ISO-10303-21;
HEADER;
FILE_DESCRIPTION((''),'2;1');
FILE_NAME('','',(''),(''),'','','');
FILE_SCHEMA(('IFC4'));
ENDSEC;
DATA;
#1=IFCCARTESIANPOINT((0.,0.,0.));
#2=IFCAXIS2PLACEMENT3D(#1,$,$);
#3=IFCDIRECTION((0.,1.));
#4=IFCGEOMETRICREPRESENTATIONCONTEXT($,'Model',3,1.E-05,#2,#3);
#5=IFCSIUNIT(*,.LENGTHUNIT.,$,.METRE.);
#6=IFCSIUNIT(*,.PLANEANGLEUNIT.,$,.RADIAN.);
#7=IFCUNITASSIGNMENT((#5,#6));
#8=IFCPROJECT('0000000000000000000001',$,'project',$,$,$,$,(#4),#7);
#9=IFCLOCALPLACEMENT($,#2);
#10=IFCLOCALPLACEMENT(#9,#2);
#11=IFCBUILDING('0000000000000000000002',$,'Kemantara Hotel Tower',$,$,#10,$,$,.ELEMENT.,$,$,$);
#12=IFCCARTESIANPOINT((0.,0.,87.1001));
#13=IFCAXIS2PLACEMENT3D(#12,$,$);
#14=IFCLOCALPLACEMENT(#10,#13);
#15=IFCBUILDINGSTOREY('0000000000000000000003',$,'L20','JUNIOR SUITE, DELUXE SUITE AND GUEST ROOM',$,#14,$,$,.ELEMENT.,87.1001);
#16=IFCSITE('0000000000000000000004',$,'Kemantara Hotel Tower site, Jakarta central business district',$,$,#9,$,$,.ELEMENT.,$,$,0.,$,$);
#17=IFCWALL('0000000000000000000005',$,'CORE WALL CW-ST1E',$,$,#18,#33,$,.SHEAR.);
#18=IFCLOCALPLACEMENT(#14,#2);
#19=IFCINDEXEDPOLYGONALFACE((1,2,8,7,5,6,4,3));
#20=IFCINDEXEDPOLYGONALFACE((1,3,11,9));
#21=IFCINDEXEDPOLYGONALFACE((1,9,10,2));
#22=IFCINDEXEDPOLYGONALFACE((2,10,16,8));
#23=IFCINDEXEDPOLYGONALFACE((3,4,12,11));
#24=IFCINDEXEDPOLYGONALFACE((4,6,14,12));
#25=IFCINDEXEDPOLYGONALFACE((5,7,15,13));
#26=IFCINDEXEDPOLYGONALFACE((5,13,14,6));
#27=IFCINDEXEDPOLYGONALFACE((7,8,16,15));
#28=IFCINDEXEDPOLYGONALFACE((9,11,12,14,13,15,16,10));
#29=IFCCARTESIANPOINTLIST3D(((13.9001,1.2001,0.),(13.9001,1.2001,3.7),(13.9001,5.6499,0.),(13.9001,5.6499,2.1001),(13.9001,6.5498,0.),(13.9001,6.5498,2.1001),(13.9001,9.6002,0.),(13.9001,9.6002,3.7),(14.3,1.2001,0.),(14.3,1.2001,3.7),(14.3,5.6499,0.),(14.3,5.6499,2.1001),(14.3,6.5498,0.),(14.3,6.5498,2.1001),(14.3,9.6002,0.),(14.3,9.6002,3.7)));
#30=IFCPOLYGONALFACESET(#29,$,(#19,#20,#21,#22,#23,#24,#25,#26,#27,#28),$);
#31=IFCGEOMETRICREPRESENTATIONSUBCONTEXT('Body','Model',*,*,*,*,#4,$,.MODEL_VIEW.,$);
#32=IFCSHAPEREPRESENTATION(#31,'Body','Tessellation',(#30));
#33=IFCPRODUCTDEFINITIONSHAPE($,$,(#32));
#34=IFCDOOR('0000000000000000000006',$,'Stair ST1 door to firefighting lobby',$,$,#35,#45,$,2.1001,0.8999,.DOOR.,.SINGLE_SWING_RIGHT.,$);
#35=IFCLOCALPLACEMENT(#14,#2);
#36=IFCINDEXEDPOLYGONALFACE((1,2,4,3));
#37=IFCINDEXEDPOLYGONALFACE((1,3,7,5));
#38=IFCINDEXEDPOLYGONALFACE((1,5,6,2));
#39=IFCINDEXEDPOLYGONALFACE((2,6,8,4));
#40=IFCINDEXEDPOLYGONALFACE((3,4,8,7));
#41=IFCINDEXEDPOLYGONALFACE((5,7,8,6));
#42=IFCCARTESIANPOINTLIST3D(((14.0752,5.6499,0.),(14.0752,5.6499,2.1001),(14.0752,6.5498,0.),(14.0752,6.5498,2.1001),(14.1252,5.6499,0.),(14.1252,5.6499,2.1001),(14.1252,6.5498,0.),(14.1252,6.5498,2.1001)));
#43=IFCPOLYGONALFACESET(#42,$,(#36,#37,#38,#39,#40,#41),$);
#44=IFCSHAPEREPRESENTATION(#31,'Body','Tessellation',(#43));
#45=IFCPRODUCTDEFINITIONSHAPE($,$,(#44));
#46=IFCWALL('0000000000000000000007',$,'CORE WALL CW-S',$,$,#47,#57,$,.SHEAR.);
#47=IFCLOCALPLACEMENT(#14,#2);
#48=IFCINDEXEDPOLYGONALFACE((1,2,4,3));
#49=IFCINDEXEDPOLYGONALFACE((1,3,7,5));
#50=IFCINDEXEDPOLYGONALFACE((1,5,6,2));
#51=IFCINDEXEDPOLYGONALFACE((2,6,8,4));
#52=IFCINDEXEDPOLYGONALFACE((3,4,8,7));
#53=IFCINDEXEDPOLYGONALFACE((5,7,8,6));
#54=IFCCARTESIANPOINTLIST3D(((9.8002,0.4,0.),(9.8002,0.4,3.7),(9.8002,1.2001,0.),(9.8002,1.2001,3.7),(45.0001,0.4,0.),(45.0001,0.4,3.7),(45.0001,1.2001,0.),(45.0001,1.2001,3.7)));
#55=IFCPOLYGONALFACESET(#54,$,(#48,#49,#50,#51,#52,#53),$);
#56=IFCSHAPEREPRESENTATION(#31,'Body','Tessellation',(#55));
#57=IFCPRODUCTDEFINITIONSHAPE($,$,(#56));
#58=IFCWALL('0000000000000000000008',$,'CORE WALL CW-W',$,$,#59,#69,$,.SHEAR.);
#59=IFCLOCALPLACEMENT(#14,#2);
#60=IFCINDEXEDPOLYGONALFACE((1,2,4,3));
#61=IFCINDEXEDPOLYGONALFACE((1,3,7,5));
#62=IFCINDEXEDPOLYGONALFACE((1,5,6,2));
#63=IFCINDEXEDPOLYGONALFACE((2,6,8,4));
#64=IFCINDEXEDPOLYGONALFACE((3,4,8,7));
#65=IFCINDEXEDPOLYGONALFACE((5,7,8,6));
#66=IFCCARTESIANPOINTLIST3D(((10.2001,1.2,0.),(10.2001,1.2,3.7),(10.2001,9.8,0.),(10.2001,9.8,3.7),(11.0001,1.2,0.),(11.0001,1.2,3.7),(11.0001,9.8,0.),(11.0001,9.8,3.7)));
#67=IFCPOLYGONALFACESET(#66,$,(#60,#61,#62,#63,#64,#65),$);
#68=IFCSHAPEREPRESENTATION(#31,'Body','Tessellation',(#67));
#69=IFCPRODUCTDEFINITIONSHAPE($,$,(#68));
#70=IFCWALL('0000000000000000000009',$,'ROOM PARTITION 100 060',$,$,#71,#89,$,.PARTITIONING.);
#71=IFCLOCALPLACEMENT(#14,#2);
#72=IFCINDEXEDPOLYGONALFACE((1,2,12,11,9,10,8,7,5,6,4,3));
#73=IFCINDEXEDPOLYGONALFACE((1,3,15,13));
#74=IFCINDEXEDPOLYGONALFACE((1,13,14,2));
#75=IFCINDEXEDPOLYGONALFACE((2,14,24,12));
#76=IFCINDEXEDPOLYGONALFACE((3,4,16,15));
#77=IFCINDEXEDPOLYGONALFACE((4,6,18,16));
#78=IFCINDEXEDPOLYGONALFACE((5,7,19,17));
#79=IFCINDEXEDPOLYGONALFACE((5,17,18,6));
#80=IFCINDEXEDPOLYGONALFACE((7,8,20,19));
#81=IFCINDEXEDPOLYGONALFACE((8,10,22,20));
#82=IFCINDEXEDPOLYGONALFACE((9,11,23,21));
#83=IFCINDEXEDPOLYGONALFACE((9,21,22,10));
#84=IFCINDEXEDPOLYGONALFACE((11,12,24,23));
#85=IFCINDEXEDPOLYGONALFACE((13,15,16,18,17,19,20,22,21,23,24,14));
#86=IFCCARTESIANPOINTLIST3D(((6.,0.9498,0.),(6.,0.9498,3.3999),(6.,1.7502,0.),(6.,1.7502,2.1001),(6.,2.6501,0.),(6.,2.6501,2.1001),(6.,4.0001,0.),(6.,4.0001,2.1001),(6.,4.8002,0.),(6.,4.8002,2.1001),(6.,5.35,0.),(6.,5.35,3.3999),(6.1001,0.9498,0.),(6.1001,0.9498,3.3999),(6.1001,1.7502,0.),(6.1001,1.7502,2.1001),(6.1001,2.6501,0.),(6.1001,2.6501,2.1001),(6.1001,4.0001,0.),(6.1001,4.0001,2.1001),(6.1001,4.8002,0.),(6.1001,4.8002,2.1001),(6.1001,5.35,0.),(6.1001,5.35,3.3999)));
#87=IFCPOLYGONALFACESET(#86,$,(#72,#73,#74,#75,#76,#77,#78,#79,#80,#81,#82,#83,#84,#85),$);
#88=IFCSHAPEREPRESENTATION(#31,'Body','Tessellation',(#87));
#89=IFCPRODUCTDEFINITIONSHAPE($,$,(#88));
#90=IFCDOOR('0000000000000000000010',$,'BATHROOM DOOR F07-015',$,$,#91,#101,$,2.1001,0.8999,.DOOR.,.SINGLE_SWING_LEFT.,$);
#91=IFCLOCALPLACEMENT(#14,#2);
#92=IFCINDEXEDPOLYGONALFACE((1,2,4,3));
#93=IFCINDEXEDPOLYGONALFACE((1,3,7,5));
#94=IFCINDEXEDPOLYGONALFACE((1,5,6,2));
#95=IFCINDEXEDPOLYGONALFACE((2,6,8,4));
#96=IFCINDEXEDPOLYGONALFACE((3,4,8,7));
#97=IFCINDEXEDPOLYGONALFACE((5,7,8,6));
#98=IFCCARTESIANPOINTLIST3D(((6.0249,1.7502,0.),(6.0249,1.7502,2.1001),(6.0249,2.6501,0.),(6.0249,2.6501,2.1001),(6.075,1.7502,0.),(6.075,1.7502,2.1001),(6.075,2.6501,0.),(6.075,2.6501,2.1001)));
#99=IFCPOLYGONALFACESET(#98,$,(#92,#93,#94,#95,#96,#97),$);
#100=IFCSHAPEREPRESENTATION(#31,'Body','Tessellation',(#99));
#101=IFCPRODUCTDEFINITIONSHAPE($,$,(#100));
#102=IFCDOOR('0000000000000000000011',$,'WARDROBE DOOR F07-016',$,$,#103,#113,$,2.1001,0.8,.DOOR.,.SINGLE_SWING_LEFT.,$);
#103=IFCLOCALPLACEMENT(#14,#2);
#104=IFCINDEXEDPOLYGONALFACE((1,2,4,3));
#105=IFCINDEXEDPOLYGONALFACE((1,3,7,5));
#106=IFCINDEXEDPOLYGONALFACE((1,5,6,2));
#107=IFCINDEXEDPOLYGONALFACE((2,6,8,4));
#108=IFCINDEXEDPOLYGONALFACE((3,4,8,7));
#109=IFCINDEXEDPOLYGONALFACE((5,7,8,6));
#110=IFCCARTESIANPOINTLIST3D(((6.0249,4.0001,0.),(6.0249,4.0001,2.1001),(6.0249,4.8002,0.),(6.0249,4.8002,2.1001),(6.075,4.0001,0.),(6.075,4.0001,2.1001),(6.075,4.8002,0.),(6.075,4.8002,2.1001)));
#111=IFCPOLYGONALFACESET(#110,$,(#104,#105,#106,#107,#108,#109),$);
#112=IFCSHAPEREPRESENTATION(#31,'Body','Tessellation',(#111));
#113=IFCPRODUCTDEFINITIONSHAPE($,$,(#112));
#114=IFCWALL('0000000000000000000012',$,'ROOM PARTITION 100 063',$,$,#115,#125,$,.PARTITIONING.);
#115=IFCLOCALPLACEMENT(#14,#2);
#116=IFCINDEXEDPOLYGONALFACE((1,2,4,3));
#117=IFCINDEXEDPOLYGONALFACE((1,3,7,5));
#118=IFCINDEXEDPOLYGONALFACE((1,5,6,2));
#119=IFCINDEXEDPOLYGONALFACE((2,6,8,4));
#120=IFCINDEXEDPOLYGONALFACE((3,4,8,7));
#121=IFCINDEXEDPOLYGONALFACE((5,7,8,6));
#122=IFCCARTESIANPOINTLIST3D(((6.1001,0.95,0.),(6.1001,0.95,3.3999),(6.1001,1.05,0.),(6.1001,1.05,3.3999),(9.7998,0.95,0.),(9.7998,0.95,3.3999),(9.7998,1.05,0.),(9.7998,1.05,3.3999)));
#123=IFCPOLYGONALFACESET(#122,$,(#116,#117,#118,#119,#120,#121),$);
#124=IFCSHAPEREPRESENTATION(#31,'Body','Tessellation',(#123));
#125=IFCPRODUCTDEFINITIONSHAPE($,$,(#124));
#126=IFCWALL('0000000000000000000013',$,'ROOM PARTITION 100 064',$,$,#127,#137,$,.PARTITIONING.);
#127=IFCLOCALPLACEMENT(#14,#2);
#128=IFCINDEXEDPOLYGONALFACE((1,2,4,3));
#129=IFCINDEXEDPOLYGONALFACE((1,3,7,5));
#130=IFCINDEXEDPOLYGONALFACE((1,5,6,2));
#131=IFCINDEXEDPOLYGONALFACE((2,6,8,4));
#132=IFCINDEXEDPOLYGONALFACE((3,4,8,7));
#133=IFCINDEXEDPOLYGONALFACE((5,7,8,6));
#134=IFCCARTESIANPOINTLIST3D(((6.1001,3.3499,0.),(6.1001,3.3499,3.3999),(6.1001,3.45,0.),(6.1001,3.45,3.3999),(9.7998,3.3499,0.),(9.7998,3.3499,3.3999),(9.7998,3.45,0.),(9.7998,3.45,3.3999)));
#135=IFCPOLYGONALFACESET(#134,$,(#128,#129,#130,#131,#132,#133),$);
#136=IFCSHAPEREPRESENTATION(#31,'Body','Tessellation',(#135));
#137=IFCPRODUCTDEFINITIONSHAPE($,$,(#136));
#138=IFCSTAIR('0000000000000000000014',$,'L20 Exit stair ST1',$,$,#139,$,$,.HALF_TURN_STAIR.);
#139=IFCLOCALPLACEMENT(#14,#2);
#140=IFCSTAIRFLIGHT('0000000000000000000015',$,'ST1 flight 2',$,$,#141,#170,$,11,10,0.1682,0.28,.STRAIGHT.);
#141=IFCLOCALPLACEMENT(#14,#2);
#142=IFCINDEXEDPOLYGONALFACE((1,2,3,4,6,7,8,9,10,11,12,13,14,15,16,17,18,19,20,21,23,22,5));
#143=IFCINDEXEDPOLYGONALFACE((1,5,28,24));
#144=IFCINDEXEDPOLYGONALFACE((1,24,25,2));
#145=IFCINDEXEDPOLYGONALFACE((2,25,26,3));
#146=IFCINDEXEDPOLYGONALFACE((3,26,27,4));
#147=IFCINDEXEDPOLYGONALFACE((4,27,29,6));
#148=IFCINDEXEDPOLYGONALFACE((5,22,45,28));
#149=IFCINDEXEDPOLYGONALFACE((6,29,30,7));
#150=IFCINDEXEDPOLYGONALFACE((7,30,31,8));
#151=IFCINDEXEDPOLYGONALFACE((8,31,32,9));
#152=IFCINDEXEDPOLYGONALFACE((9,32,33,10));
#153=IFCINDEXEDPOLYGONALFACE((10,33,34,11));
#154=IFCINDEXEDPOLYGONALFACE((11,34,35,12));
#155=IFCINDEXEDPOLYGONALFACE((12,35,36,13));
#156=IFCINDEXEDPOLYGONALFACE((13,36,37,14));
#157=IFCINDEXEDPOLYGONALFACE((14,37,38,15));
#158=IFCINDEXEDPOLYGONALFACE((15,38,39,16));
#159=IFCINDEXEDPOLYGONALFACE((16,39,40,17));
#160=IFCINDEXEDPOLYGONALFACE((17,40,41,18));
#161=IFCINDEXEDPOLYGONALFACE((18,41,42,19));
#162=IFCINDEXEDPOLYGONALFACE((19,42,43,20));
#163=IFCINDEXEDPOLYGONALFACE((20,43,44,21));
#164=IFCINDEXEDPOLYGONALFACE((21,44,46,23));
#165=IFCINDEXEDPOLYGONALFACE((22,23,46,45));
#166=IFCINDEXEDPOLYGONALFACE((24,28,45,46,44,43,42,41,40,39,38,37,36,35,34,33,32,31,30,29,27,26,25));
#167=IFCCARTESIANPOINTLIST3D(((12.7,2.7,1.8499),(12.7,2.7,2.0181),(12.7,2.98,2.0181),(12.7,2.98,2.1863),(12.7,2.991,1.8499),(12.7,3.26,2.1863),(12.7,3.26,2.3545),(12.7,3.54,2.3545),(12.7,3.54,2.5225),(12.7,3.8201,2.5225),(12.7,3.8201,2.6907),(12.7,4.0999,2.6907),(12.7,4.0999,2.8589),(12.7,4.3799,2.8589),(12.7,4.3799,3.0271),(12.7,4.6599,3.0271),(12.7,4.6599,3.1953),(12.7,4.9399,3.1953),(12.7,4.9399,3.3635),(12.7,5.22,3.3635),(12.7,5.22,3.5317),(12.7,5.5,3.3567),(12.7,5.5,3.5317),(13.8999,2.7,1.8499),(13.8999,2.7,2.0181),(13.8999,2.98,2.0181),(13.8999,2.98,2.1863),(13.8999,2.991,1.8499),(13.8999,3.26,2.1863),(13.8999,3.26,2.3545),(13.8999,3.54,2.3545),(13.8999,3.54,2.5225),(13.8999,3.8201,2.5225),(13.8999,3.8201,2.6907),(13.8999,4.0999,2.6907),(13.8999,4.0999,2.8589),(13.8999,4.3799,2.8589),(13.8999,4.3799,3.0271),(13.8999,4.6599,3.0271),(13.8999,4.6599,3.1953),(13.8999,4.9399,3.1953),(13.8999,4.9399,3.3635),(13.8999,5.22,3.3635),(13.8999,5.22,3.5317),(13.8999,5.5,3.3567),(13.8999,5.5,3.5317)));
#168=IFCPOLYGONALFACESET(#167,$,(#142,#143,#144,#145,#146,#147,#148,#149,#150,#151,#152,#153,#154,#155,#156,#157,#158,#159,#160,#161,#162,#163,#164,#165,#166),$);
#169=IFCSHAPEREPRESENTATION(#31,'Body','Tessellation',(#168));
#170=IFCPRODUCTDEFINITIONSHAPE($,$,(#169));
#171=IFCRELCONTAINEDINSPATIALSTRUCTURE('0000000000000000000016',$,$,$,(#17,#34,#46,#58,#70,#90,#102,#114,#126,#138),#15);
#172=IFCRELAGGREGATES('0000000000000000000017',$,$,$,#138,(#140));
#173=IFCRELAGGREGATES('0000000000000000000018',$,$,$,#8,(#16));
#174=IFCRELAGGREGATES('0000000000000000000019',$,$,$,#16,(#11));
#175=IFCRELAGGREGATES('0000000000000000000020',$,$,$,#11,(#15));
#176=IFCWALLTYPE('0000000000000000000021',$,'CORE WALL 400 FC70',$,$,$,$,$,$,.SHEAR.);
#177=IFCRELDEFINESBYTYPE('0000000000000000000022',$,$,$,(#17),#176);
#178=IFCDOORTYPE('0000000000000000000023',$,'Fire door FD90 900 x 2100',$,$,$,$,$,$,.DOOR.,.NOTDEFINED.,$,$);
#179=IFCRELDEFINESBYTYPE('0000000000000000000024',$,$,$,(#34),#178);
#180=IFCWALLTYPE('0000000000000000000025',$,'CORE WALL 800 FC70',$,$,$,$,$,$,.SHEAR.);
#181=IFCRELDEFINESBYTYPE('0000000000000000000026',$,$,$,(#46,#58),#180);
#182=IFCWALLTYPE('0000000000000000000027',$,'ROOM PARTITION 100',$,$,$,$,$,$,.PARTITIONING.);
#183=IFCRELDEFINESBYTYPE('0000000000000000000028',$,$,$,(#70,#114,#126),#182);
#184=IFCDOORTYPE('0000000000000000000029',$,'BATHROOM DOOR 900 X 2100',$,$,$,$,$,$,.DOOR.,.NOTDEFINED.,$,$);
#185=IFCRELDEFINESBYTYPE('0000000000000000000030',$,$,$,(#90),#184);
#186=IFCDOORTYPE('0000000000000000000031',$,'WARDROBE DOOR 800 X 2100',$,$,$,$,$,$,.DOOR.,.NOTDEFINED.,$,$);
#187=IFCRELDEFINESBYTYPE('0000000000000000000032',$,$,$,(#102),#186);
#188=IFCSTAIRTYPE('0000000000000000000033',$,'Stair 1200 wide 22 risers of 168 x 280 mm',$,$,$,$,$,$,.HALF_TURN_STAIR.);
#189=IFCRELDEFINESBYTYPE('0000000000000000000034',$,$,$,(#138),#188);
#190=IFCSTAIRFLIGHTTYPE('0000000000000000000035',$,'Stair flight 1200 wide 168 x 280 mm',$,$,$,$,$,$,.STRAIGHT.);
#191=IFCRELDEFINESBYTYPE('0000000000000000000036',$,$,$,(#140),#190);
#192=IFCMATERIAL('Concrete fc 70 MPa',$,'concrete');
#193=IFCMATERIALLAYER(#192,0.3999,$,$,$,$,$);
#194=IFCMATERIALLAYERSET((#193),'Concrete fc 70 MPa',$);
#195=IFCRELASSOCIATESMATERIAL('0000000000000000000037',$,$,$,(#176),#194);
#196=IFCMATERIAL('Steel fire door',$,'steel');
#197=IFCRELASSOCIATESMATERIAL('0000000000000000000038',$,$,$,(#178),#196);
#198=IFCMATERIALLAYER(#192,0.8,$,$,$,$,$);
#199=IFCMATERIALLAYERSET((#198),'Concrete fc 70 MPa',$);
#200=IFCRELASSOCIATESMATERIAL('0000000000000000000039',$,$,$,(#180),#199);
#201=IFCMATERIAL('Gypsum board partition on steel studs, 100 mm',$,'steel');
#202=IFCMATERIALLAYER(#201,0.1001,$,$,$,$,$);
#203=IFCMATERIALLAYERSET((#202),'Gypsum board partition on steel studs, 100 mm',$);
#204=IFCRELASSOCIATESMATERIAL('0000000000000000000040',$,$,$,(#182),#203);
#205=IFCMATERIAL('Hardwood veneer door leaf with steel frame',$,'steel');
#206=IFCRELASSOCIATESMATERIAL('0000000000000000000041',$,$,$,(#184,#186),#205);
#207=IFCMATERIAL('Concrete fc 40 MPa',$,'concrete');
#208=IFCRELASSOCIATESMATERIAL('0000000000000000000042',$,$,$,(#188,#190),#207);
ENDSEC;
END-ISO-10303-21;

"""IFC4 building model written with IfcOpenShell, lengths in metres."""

from ifc_helpers import new_model, si_unit, direction, frame, frame_2d, origin, place, context, subcontext, project, spatial, polyline, rectangle, outline, extrude, material, layer, layer_set, type_object, element, fill, aggregate, save


model = new_model("IFC4")

# Units and contexts
model_context = context("Model", 3, precision=1e-05, world=origin(), true_north=direction((0.0, 1.0)))
body_context = subcontext(model_context, "Body", "Model", "MODEL_VIEW")
ifc_project = project(units=[si_unit("LENGTHUNIT", "METRE"), si_unit("PLANEANGLEUNIT", "RADIAN")], contexts=[model_context])

# Site, building, storey
site_placement = place(None, origin())
site = spatial("IfcSite", under=ifc_project, at=site_placement, Name="Kemantara Hotel Tower site, Jakarta central business district", CompositionType="ELEMENT", RefElevation=0.0)
building_placement = place(site_placement, origin())
building = spatial("IfcBuilding", under=site, at=building_placement, Name="Kemantara Hotel Tower", CompositionType="ELEMENT")
storey_placement = place(building_placement, frame((0.0, 0.0, 87.1001)))
storey = spatial("IfcBuildingStorey", under=building, at=storey_placement, Name="L20", Description="JUNIOR SUITE, DELUXE SUITE AND GUEST ROOM", CompositionType="ELEMENT", Elevation=87.1001)

# Shared definitions
ifc_material_1 = material(Name="Concrete fc 70 MPa", Category="concrete")
ifc_layer_1 = layer(ifc_material_1, 0.3999)
ifc_layer_set_1 = layer_set([ifc_layer_1], Name="Concrete fc 70 MPa")
wall_type_1 = type_object("IfcWallType", Name="CORE WALL 400 FC70", PredefinedType="SHEAR", material=ifc_layer_set_1)

# Wall, opening, door
wall_1_placement = place(storey_placement, frame((14.1001, 1.2, 0.0), z_axis=(0.0, 0.0, 1.0), x_axis=(0.0, 1.0, 0.0)))
wall_1 = element("IfcWall", 1, at=wall_1_placement, inside=storey, type_object=wall_type_1, Name="CORE WALL CW-ST1E", PredefinedType="SHEAR", context=body_context, shape_type="SweptSolid", body=[
    extrude(rectangle(XDim=8.4001, YDim=0.3999, at=frame_2d((4.2002, 0.0))), origin(), (0.0, 0.0, 1.0), 3.7),
])
opening_1_placement = place(wall_1_placement, frame((4.45, 0.0, 0.0)))
opening_1 = element("IfcOpeningElement", 2, at=opening_1_placement, cuts=wall_1, PredefinedType="OPENING", context=body_context, shape_type="SweptSolid", body=[
    extrude(rectangle(XDim=0.8999, YDim=2.1001, at=frame_2d((0.45, 1.05))), frame((0.0, 0.21, 0.0), z_axis=(0.0, -1.0, 0.0), x_axis=(1.0, 0.0, 0.0)), (0.0, 0.0, 1.0), 0.4199),
])
ifc_material_2 = material(Name="Steel fire door", Category="steel")
door_type_1 = type_object("IfcDoorType", Name="Fire door FD90 900 x 2100", OperationType="NOTDEFINED", PredefinedType="DOOR", material=ifc_material_2)
door_1_placement = place(opening_1_placement, origin())
door_1 = element("IfcDoor", 3, at=door_1_placement, inside=storey, type_object=door_type_1, Name="Stair ST1 door to firefighting lobby", OperationType="SINGLE_SWING_RIGHT", OverallHeight=2.1001, OverallWidth=0.8999, PredefinedType="DOOR", context=body_context, shape_type="SweptSolid", body=[
    extrude(rectangle(XDim=0.8999, YDim=2.1001, at=frame_2d((0.45, 1.05))), frame((0.0, 0.0249, 0.0), z_axis=(0.0, -1.0, 0.0), x_axis=(1.0, 0.0, 0.0)), (0.0, 0.0, 1.0), 0.05),
])
fill(opening_1, door_1)

# Walls
ifc_layer_2 = layer(ifc_material_1, 0.8)
ifc_layer_set_2 = layer_set([ifc_layer_2], Name="Concrete fc 70 MPa")
wall_type_2 = type_object("IfcWallType", Name="CORE WALL 800 FC70", PredefinedType="SHEAR", material=ifc_layer_set_2)
wall_2_placement = place(storey_placement, frame((9.8, 0.8, 0.0), z_axis=(0.0, 0.0, 1.0), x_axis=(1.0, 0.0, 0.0)))
element("IfcWall", 4, at=wall_2_placement, inside=storey, type_object=wall_type_2, Name="CORE WALL CW-S", PredefinedType="SHEAR", context=body_context, shape_type="SweptSolid", body=[
    extrude(rectangle(XDim=35.2, YDim=0.8, at=frame_2d((17.6001, 0.0))), origin(), (0.0, 0.0, 1.0), 3.7),
])
wall_3_placement = place(storey_placement, frame((10.6001, 1.2, 0.0), z_axis=(0.0, 0.0, 1.0), x_axis=(0.0, 1.0, 0.0)))
element("IfcWall", 5, at=wall_3_placement, inside=storey, type_object=wall_type_2, Name="CORE WALL CW-W", PredefinedType="SHEAR", context=body_context, shape_type="SweptSolid", body=[
    extrude(rectangle(XDim=8.6001, YDim=0.8, at=frame_2d((4.3, 0.0))), origin(), (0.0, 0.0, 1.0), 3.7),
])

# Wall, openings, doors
ifc_material_3 = material(Name="Gypsum board partition on steel studs, 100 mm", Category="steel")
ifc_layer_3 = layer(ifc_material_3, 0.1001)
ifc_layer_set_3 = layer_set([ifc_layer_3], Name="Gypsum board partition on steel studs, 100 mm")
wall_type_3 = type_object("IfcWallType", Name="ROOM PARTITION 100", PredefinedType="PARTITIONING", material=ifc_layer_set_3)
wall_4_placement = place(storey_placement, frame((6.05, 5.3501, 0.0), z_axis=(0.0, 0.0, 1.0), x_axis=(0.0, -1.0, 0.0)))
wall_4 = element("IfcWall", 6, at=wall_4_placement, inside=storey, type_object=wall_type_3, Name="ROOM PARTITION 100 060", PredefinedType="PARTITIONING", context=body_context, shape_type="SweptSolid", body=[
    extrude(rectangle(XDim=4.4001, YDim=0.1001, at=frame_2d((2.2002, 0.0))), origin(), (0.0, 0.0, 1.0), 3.3999),
])
opening_2_placement = place(wall_4_placement, frame((2.7, 0.0, 0.0)))
opening_2 = element("IfcOpeningElement", 7, at=opening_2_placement, cuts=wall_4, PredefinedType="OPENING", context=body_context, shape_type="SweptSolid", body=[
    extrude(rectangle(XDim=0.8999, YDim=2.1001, at=frame_2d((0.45, 1.05))), frame((0.0, 0.0601, 0.0), z_axis=(0.0, -1.0, 0.0), x_axis=(1.0, 0.0, 0.0)), (0.0, 0.0, 1.0), 0.1201),
])
opening_3_placement = place(wall_4_placement, frame((0.55, 0.0, 0.0)))
opening_3 = element("IfcOpeningElement", 8, at=opening_3_placement, cuts=wall_4, PredefinedType="OPENING", context=body_context, shape_type="SweptSolid", body=[
    extrude(rectangle(XDim=0.8, YDim=2.1001, at=frame_2d((0.3999, 1.05))), frame((0.0, 0.0601, 0.0), z_axis=(0.0, -1.0, 0.0), x_axis=(1.0, 0.0, 0.0)), (0.0, 0.0, 1.0), 0.1201),
])
ifc_material_4 = material(Name="Hardwood veneer door leaf with steel frame", Category="steel")
door_type_2 = type_object("IfcDoorType", Name="BATHROOM DOOR 900 X 2100", OperationType="NOTDEFINED", PredefinedType="DOOR", material=ifc_material_4)
door_2_placement = place(opening_2_placement, origin())
door_2 = element("IfcDoor", 9, at=door_2_placement, inside=storey, type_object=door_type_2, Name="BATHROOM DOOR F07-015", OperationType="SINGLE_SWING_LEFT", OverallHeight=2.1001, OverallWidth=0.8999, PredefinedType="DOOR", context=body_context, shape_type="SweptSolid", body=[
    extrude(rectangle(XDim=0.8999, YDim=2.1001, at=frame_2d((0.45, 1.05))), frame((0.0, 0.0249, 0.0), z_axis=(0.0, -1.0, 0.0), x_axis=(1.0, 0.0, 0.0)), (0.0, 0.0, 1.0), 0.05),
])
fill(opening_2, door_2)
door_type_3 = type_object("IfcDoorType", Name="WARDROBE DOOR 800 X 2100", OperationType="NOTDEFINED", PredefinedType="DOOR", material=ifc_material_4)
door_3_placement = place(opening_3_placement, origin())
door_3 = element("IfcDoor", 10, at=door_3_placement, inside=storey, type_object=door_type_3, Name="WARDROBE DOOR F07-016", OperationType="SINGLE_SWING_LEFT", OverallHeight=2.1001, OverallWidth=0.8, PredefinedType="DOOR", context=body_context, shape_type="SweptSolid", body=[
    extrude(rectangle(XDim=0.8, YDim=2.1001, at=frame_2d((0.3999, 1.05))), frame((0.0, 0.0249, 0.0), z_axis=(0.0, -1.0, 0.0), x_axis=(1.0, 0.0, 0.0)), (0.0, 0.0, 1.0), 0.05),
])
fill(opening_3, door_3)

# Walls
for number, where, z_axis, x_axis, name in (
    (11, (6.1001, 1.0, 0.0), (0.0, 0.0, 1.0), (1.0, 0.0, 0.0), "ROOM PARTITION 100 063"),
    (12, (6.1001, 3.3999, 0.0), (0.0, 0.0, 1.0), (1.0, 0.0, 0.0), "ROOM PARTITION 100 064"),
):
    element("IfcWall", number, at=place(storey_placement, frame(where, z_axis=z_axis, x_axis=x_axis)), inside=storey, type_object=wall_type_3, Name=name, PredefinedType="PARTITIONING", context=body_context, shape_type="SweptSolid", body=[
        extrude(rectangle(XDim=3.6997, YDim=0.1001, at=frame_2d((1.8499, 0.0))), origin(), (0.0, 0.0, 1.0), 3.3999),
    ])

# Stair, stair flight
ifc_material_5 = material(Name="Concrete fc 40 MPa", Category="concrete")
stair_type = type_object("IfcStairType", Name="Stair 1200 wide 22 risers of 168 x 280 mm", PredefinedType="HALF_TURN_STAIR", material=ifc_material_5)
stair_placement = place(storey_placement, origin())
stair = element("IfcStair", 13, at=stair_placement, inside=storey, type_object=stair_type, Name="L20 Exit stair ST1", PredefinedType="HALF_TURN_STAIR")
stair_flight_type = type_object("IfcStairFlightType", Name="Stair flight 1200 wide 168 x 280 mm", PredefinedType="STRAIGHT", material=ifc_material_5)
stair_flight_placement = place(storey_placement, frame((13.3, 2.7, 1.8499), z_axis=(0.0, 0.0, 1.0), x_axis=(0.0, 1.0, 0.0)))
stair_flight = element("IfcStairFlight", 14, at=stair_flight_placement, type_object=stair_flight_type, Name="ST1 flight 2", NumberOfRisers=11, NumberOfTreads=10, PredefinedType="STRAIGHT", RiserHeight=0.1682, TreadLength=0.28, context=body_context, shape_type="SweptSolid", body=[
    extrude(outline(polyline([(0.0, 0.0), (0.0, 0.1682), (0.28, 0.1682), (0.28, 0.3364), (0.5601, 0.3364), (0.5601, 0.5046), (0.8401, 0.5046), (0.8401, 0.6726), (1.1201, 0.6726), (1.1201, 0.8408), (1.3999, 0.8408), (1.3999, 1.009), (1.6799, 1.009), (1.6799, 1.1772), (1.96, 1.1772), (1.96, 1.3455), (2.24, 1.3455), (2.24, 1.5137), (2.52, 1.5137), (2.52, 1.6819), (2.8, 1.6819), (2.8, 1.8501), (2.8, 1.5068), (0.291, 0.0), (0.0, 0.0)])), frame((0.0, 0.6001, 0.0), z_axis=(0.0, -1.0, 0.0), x_axis=(1.0, 0.0, 0.0)), (0.0, 0.0, 1.0), 1.2),
])
aggregate(stair, [stair_flight])

save(model, "model.ifc")
